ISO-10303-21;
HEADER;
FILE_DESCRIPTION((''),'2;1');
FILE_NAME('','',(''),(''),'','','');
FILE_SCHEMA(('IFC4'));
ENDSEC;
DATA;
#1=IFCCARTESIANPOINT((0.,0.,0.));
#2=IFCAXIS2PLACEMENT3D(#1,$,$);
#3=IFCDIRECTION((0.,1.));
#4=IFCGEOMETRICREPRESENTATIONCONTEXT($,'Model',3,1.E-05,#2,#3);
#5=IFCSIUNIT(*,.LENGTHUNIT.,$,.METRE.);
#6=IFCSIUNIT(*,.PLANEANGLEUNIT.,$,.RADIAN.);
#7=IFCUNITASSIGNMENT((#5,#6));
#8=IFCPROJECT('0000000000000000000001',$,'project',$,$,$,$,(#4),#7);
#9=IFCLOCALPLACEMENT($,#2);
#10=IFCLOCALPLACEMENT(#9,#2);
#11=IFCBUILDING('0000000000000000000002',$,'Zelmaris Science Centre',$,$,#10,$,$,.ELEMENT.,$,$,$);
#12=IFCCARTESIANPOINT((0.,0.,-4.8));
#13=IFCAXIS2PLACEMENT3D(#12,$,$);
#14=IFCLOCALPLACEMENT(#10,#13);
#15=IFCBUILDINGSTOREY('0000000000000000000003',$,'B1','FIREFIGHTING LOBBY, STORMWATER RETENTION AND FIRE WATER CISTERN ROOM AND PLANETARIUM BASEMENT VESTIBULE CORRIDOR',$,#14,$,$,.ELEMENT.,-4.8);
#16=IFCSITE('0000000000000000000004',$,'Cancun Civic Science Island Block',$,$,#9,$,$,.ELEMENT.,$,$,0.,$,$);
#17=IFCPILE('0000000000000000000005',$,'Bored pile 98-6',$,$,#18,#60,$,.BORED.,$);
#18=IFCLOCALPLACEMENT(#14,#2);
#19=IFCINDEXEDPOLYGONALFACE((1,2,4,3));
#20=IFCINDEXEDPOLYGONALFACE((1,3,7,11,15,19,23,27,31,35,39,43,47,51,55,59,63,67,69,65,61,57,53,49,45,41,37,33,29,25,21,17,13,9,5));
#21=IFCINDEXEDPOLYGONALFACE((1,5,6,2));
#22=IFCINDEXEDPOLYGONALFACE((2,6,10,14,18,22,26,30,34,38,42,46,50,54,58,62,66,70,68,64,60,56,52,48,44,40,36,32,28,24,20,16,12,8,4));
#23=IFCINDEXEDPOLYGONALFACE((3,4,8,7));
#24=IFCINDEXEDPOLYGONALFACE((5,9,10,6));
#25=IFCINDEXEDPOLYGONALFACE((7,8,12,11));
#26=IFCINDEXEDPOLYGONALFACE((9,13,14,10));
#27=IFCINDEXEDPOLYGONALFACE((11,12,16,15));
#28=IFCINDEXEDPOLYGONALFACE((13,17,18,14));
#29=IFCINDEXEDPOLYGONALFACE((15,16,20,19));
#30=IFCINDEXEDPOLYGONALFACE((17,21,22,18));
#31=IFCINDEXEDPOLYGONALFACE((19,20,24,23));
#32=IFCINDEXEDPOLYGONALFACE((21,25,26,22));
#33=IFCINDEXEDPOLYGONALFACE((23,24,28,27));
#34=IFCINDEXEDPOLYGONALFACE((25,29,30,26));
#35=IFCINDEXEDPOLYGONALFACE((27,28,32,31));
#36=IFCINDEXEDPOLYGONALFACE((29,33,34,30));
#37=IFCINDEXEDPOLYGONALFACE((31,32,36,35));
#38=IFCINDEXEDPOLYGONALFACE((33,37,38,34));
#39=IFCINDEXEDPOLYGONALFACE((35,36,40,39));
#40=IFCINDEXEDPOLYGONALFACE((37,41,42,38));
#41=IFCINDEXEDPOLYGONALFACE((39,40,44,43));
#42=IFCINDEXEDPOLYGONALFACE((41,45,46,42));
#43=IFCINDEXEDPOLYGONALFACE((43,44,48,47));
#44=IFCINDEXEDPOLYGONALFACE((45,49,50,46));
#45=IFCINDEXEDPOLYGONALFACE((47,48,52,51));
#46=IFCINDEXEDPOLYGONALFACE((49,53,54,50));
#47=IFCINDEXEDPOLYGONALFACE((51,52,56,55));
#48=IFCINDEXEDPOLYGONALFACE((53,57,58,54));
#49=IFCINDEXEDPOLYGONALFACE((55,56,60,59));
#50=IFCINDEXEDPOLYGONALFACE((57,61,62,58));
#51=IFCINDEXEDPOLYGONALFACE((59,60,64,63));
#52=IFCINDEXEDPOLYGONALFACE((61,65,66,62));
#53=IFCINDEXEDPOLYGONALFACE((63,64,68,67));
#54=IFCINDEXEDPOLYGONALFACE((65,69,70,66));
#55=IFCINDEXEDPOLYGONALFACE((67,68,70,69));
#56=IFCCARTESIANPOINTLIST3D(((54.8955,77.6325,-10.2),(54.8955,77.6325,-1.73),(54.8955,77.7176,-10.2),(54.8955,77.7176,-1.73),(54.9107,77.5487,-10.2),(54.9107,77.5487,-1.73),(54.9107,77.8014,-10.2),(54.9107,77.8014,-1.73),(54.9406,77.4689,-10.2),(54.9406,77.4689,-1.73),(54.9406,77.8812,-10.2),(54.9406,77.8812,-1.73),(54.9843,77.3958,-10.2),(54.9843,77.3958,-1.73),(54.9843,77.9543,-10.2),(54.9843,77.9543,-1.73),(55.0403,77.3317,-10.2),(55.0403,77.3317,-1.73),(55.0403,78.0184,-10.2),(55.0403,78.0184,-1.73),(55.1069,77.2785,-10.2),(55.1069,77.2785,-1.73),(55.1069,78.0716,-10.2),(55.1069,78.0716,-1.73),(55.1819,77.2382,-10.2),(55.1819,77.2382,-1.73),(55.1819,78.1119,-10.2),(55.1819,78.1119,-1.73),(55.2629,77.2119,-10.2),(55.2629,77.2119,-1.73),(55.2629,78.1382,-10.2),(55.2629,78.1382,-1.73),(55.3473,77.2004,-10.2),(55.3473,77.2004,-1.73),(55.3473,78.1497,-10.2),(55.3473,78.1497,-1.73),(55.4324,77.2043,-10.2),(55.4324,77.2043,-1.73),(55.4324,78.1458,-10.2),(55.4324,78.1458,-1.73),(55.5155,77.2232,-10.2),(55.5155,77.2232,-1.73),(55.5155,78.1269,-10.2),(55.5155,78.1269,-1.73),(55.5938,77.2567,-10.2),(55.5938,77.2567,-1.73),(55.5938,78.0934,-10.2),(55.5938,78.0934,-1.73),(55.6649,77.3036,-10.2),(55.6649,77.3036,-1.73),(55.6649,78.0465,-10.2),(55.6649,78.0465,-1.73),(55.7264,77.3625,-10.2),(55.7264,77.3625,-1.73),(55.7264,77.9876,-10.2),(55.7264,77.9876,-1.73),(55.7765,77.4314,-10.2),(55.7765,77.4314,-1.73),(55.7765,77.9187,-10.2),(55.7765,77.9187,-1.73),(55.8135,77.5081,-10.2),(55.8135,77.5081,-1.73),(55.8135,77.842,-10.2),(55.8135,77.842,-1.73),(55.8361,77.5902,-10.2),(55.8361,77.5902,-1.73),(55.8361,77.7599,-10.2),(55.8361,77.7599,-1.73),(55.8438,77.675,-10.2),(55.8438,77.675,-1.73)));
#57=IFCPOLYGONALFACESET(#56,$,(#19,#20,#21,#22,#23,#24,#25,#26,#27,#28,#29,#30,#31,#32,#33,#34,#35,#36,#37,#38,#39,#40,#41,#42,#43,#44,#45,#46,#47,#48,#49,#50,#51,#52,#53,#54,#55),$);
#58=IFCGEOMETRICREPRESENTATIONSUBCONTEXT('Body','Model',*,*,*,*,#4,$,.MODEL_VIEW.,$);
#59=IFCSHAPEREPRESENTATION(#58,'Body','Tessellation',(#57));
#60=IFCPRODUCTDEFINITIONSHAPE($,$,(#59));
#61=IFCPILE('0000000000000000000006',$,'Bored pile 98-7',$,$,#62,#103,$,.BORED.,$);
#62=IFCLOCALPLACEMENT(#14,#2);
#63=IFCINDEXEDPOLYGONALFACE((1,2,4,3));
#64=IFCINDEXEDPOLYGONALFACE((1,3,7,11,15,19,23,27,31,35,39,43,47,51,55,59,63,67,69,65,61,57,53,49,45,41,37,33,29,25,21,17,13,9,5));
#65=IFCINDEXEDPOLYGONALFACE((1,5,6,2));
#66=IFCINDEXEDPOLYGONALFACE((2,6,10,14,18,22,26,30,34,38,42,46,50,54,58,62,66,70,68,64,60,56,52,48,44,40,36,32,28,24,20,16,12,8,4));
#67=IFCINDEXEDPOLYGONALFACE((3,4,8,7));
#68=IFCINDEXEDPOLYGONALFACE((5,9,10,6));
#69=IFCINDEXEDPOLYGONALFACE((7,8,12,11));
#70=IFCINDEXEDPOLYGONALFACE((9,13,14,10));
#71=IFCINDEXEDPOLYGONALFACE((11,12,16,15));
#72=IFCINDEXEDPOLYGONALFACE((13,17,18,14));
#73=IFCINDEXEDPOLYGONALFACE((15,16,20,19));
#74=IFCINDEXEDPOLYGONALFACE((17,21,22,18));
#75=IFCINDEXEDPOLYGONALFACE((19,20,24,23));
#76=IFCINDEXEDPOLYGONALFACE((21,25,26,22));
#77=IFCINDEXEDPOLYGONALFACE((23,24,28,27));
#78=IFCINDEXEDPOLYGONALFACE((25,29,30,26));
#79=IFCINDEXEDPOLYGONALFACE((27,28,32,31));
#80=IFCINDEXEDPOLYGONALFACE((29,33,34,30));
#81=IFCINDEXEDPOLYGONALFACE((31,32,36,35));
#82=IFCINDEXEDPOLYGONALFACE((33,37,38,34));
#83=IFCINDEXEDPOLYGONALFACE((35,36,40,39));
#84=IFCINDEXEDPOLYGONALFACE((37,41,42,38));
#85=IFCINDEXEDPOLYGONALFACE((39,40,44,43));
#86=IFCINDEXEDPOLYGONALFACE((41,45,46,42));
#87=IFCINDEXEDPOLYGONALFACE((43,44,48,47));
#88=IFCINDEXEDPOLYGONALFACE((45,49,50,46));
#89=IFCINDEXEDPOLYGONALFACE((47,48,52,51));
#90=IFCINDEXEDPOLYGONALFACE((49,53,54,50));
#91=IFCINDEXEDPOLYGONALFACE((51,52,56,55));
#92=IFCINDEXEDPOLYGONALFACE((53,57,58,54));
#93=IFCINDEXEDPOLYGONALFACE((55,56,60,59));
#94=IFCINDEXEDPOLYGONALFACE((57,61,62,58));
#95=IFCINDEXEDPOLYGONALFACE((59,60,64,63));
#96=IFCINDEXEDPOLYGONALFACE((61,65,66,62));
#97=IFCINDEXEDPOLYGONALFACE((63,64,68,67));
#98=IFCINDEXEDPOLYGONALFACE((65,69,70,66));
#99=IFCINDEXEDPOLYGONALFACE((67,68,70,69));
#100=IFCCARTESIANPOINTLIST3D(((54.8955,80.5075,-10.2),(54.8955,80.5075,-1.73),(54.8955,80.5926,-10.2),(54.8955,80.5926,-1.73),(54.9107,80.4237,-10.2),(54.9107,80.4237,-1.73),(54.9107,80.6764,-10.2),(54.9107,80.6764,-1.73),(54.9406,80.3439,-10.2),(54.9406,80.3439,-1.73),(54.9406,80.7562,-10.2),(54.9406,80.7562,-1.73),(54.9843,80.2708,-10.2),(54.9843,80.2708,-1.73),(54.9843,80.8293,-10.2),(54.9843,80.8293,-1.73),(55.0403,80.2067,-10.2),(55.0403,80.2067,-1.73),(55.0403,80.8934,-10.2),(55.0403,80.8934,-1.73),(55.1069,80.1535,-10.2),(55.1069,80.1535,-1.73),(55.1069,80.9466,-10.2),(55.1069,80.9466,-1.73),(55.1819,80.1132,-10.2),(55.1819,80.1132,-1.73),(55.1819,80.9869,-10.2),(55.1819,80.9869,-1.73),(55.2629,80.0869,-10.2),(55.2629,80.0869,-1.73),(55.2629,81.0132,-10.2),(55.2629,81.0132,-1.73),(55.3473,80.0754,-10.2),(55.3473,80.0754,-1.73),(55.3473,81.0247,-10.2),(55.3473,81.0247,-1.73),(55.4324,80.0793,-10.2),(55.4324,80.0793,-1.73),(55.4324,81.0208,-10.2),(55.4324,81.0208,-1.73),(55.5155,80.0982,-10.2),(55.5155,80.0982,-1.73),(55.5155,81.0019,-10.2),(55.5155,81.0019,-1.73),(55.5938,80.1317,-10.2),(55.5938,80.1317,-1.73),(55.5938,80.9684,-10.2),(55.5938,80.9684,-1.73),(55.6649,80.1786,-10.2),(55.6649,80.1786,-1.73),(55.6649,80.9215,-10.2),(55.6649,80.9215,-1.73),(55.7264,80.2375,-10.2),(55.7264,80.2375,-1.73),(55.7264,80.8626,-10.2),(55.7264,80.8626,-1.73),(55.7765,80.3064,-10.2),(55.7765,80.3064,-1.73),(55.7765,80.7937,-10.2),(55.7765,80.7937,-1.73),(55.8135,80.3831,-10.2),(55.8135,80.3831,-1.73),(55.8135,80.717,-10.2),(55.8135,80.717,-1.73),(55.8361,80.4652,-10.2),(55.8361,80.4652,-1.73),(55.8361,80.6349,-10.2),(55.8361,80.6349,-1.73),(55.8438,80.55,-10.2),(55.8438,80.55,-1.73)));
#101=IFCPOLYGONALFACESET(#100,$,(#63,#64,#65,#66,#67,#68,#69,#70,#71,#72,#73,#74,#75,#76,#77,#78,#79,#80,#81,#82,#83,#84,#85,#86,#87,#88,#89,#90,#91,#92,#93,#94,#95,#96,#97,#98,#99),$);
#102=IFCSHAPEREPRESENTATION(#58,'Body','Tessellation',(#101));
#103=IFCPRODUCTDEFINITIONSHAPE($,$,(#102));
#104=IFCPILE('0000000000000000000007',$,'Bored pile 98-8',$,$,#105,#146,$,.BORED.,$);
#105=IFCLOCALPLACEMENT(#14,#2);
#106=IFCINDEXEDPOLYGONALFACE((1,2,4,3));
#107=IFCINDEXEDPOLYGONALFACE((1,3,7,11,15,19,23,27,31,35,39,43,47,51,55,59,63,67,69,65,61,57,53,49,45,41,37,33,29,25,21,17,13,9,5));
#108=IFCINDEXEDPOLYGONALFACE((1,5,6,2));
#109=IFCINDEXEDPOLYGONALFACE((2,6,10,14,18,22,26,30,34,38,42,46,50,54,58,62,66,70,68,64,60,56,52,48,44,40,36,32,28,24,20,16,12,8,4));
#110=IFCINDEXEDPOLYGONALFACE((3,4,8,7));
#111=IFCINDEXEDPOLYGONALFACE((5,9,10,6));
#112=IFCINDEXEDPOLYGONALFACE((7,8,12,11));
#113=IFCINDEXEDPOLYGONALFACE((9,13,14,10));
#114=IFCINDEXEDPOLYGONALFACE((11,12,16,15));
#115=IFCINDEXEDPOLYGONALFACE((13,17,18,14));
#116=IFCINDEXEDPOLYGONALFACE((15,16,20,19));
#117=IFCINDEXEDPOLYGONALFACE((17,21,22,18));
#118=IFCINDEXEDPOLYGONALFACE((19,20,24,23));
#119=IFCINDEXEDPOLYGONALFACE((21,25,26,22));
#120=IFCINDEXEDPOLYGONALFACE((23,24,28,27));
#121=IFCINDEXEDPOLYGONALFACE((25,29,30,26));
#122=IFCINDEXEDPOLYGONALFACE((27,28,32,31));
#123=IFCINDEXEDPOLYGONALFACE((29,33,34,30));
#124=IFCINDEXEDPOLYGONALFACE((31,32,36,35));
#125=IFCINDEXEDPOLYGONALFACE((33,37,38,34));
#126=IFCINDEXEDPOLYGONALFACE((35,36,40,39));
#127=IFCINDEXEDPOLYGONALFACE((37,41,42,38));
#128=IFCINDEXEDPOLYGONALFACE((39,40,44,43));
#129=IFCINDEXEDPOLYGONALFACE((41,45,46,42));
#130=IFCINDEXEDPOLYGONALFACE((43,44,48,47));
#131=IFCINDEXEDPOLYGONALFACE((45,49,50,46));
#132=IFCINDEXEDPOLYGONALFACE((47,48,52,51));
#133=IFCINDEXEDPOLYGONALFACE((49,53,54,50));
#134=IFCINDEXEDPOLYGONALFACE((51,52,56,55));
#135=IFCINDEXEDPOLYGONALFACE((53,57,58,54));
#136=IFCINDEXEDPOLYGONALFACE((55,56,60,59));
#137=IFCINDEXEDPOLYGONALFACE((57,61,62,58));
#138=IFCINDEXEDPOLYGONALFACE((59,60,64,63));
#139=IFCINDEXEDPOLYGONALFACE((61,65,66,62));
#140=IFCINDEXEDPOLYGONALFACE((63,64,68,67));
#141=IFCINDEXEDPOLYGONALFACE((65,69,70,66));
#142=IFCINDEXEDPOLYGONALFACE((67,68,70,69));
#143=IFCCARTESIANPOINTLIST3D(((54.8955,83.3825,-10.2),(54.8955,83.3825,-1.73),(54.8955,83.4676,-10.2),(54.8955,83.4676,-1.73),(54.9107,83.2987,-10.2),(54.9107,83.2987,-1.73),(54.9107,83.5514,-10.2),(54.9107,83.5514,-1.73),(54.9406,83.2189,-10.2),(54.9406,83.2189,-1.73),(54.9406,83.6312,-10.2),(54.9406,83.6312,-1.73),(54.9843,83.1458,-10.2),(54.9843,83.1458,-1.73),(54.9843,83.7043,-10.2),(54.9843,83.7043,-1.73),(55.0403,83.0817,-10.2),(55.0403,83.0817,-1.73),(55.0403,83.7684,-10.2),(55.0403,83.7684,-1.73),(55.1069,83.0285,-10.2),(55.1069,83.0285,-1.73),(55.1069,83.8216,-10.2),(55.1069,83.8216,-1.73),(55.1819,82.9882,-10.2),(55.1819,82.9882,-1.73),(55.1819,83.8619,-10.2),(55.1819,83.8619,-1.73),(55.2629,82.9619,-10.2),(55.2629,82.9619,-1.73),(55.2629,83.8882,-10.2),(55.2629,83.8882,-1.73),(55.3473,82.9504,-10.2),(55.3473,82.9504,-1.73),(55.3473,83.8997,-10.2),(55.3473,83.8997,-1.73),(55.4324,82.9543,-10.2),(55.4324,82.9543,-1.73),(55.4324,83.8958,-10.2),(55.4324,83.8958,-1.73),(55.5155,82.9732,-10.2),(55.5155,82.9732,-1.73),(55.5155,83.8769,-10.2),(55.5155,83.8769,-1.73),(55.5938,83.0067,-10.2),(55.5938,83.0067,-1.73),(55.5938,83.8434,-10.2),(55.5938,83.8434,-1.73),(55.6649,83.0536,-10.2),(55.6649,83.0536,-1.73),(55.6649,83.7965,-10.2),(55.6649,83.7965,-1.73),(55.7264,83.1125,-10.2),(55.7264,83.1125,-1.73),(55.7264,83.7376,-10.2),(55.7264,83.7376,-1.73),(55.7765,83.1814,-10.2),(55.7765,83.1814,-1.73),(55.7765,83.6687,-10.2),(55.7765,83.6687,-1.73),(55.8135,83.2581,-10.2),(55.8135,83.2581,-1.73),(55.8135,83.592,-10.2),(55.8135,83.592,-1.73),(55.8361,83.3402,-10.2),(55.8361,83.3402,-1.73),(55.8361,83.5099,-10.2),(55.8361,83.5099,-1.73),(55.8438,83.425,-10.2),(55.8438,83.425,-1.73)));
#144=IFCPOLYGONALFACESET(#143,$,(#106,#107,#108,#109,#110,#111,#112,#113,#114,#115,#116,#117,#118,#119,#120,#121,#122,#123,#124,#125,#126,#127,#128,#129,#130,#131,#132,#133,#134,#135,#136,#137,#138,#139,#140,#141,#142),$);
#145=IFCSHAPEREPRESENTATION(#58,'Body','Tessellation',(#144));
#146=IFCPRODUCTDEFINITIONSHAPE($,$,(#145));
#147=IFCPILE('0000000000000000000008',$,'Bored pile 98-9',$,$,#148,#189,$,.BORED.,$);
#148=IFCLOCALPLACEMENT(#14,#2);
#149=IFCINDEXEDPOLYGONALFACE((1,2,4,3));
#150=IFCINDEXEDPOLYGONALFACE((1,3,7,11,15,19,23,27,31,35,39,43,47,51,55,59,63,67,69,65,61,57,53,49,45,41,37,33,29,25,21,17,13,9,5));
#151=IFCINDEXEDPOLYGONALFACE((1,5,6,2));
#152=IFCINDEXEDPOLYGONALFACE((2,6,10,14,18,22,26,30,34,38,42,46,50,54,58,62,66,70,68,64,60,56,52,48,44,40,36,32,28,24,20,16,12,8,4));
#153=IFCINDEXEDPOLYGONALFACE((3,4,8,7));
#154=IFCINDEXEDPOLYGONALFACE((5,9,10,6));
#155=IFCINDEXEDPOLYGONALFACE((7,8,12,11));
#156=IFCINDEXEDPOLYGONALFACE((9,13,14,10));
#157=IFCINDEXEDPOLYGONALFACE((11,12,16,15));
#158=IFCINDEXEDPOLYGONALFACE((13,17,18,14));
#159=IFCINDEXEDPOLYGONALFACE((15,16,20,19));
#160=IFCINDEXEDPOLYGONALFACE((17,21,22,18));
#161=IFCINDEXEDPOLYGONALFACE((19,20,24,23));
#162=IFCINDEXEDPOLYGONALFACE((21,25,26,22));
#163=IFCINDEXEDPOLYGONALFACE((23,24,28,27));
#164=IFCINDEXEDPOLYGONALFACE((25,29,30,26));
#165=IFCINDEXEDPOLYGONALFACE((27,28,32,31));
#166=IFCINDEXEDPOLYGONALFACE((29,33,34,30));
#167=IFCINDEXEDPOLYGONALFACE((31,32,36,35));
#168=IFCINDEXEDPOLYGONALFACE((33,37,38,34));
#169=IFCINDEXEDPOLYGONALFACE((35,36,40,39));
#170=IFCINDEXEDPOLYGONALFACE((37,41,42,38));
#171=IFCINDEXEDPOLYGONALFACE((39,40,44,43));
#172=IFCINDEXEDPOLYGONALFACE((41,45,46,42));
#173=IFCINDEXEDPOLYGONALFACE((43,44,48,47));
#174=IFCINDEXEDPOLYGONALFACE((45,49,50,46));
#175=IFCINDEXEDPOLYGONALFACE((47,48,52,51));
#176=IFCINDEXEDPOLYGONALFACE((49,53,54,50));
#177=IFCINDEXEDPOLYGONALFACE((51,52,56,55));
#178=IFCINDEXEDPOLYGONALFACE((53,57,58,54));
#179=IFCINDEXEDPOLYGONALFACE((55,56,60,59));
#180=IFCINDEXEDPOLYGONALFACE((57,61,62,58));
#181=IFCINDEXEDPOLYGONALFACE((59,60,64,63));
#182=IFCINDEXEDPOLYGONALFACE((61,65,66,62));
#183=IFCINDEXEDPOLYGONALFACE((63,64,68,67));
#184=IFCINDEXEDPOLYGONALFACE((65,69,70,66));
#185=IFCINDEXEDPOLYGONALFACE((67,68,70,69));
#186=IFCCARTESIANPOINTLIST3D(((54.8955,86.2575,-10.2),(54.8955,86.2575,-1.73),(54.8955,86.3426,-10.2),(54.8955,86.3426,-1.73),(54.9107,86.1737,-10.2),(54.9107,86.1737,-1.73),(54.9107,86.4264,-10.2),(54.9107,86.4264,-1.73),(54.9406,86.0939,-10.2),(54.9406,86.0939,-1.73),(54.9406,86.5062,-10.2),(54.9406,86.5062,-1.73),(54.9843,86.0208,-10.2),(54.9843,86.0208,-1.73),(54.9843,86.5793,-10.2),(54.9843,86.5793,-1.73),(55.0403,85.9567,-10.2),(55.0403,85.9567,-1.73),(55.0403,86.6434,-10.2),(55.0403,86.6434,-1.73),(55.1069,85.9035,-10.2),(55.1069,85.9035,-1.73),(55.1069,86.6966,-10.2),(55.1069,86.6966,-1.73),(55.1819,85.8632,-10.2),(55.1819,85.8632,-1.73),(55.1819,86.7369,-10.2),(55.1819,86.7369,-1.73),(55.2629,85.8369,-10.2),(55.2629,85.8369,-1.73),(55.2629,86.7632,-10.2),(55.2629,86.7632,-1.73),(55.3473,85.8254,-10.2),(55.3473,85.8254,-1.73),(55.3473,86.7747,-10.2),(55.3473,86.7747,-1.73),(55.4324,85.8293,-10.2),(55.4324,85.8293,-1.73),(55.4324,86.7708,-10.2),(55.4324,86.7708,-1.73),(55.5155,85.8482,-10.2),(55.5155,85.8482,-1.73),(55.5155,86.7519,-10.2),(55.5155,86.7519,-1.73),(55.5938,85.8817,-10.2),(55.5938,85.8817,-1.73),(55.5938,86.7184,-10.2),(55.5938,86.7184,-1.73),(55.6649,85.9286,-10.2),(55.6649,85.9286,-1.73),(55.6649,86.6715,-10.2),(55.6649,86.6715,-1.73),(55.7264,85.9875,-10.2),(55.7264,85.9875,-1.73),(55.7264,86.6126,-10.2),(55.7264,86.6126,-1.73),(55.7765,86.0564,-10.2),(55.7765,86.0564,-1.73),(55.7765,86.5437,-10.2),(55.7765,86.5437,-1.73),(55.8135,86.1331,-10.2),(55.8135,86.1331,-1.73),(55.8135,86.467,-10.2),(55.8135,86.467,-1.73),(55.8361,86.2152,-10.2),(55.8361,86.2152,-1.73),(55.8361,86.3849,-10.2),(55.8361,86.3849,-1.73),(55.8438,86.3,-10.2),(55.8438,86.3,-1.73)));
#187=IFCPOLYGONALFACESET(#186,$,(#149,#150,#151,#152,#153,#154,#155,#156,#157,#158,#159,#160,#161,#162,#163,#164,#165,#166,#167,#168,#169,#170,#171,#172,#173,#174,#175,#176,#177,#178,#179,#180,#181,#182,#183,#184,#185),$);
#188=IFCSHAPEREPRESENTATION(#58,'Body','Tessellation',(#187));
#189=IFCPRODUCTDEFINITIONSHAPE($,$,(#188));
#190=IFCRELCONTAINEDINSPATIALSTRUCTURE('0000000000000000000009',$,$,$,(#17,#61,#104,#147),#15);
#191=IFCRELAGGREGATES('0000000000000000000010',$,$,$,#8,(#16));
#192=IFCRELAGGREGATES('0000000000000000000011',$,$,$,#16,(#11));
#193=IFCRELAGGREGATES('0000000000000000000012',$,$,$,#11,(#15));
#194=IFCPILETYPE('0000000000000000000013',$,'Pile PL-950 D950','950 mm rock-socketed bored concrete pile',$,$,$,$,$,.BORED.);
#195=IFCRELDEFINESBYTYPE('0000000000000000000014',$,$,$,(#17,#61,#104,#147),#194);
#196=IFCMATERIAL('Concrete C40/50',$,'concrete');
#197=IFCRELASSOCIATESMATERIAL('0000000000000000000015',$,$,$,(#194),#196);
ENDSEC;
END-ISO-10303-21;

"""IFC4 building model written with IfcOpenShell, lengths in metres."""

from ifc_helpers import new_model, si_unit, direction, frame, origin, origin_2d, place, context, subcontext, project, spatial, circle, extrude, material, material_profile, profile_set, type_object, element, save


model = new_model("IFC4")

# Units and contexts
model_context = context("Model", 3, precision=1e-05, world=origin(), true_north=direction((0.0, 1.0)))
body_context = subcontext(model_context, "Body", "Model", "MODEL_VIEW")
ifc_project = project(units=[si_unit("LENGTHUNIT", "METRE"), si_unit("PLANEANGLEUNIT", "RADIAN")], contexts=[model_context])

# Site, building, storey
site_placement = place(None, origin())
site = spatial("IfcSite", under=ifc_project, at=site_placement, Name="Cancun Civic Science Island Block", CompositionType="ELEMENT", RefElevation=0.0)
building_placement = place(site_placement, origin())
building = spatial("IfcBuilding", under=site, at=building_placement, Name="Zelmaris Science Centre", CompositionType="ELEMENT")
storey_placement = place(building_placement, frame((0.0, 0.0, -4.8)))
storey = spatial("IfcBuildingStorey", under=building, at=storey_placement, Name="B1", Description="FIREFIGHTING LOBBY, STORMWATER RETENTION AND FIRE WATER CISTERN ROOM AND PLANETARIUM BASEMENT VESTIBULE CORRIDOR", CompositionType="ELEMENT", Elevation=-4.8)

# Shared definitions
ifc_material_1 = material(Name="Concrete C40/50", Category="concrete")

# Piles
ifc_material_profile_1 = material_profile(ifc_material_1, circle(Radius=0.4751, at=origin_2d()), Name="PILE-950")
ifc_profile_set_1 = profile_set([ifc_material_profile_1], Name="Concrete C40/50")
pile_type_1 = type_object("IfcPileType", Name="Pile PL-950 D950", Description="950 mm rock-socketed bored concrete pile", PredefinedType="BORED", material=ifc_profile_set_1)
for number, where, z_axis, x_axis, name in (
    (1, (55.3687, 77.675, -1.73), (0.0, 0.0, -1.0), (1.0, 0.0, 0.0), "Bored pile 98-6"),
    (2, (55.3687, 80.55, -1.73), (0.0, 0.0, -1.0), (1.0, 0.0, 0.0), "Bored pile 98-7"),
    (3, (55.3687, 83.425, -1.73), (0.0, 0.0, -1.0), (1.0, 0.0, 0.0), "Bored pile 98-8"),
    (4, (55.3687, 86.3, -1.73), (0.0, 0.0, -1.0), (1.0, 0.0, 0.0), "Bored pile 98-9"),
):
    element("IfcPile", number, at=place(storey_placement, frame(where, z_axis=z_axis, x_axis=x_axis)), inside=storey, type_object=pile_type_1, Name=name, PredefinedType="BORED", context=body_context, shape_type="SweptSolid", body=[
        extrude(circle(Radius=0.4751, at=origin_2d()), origin(), (0.0, 0.0, 1.0), 8.47),
    ])

save(model, "model.ifc")
